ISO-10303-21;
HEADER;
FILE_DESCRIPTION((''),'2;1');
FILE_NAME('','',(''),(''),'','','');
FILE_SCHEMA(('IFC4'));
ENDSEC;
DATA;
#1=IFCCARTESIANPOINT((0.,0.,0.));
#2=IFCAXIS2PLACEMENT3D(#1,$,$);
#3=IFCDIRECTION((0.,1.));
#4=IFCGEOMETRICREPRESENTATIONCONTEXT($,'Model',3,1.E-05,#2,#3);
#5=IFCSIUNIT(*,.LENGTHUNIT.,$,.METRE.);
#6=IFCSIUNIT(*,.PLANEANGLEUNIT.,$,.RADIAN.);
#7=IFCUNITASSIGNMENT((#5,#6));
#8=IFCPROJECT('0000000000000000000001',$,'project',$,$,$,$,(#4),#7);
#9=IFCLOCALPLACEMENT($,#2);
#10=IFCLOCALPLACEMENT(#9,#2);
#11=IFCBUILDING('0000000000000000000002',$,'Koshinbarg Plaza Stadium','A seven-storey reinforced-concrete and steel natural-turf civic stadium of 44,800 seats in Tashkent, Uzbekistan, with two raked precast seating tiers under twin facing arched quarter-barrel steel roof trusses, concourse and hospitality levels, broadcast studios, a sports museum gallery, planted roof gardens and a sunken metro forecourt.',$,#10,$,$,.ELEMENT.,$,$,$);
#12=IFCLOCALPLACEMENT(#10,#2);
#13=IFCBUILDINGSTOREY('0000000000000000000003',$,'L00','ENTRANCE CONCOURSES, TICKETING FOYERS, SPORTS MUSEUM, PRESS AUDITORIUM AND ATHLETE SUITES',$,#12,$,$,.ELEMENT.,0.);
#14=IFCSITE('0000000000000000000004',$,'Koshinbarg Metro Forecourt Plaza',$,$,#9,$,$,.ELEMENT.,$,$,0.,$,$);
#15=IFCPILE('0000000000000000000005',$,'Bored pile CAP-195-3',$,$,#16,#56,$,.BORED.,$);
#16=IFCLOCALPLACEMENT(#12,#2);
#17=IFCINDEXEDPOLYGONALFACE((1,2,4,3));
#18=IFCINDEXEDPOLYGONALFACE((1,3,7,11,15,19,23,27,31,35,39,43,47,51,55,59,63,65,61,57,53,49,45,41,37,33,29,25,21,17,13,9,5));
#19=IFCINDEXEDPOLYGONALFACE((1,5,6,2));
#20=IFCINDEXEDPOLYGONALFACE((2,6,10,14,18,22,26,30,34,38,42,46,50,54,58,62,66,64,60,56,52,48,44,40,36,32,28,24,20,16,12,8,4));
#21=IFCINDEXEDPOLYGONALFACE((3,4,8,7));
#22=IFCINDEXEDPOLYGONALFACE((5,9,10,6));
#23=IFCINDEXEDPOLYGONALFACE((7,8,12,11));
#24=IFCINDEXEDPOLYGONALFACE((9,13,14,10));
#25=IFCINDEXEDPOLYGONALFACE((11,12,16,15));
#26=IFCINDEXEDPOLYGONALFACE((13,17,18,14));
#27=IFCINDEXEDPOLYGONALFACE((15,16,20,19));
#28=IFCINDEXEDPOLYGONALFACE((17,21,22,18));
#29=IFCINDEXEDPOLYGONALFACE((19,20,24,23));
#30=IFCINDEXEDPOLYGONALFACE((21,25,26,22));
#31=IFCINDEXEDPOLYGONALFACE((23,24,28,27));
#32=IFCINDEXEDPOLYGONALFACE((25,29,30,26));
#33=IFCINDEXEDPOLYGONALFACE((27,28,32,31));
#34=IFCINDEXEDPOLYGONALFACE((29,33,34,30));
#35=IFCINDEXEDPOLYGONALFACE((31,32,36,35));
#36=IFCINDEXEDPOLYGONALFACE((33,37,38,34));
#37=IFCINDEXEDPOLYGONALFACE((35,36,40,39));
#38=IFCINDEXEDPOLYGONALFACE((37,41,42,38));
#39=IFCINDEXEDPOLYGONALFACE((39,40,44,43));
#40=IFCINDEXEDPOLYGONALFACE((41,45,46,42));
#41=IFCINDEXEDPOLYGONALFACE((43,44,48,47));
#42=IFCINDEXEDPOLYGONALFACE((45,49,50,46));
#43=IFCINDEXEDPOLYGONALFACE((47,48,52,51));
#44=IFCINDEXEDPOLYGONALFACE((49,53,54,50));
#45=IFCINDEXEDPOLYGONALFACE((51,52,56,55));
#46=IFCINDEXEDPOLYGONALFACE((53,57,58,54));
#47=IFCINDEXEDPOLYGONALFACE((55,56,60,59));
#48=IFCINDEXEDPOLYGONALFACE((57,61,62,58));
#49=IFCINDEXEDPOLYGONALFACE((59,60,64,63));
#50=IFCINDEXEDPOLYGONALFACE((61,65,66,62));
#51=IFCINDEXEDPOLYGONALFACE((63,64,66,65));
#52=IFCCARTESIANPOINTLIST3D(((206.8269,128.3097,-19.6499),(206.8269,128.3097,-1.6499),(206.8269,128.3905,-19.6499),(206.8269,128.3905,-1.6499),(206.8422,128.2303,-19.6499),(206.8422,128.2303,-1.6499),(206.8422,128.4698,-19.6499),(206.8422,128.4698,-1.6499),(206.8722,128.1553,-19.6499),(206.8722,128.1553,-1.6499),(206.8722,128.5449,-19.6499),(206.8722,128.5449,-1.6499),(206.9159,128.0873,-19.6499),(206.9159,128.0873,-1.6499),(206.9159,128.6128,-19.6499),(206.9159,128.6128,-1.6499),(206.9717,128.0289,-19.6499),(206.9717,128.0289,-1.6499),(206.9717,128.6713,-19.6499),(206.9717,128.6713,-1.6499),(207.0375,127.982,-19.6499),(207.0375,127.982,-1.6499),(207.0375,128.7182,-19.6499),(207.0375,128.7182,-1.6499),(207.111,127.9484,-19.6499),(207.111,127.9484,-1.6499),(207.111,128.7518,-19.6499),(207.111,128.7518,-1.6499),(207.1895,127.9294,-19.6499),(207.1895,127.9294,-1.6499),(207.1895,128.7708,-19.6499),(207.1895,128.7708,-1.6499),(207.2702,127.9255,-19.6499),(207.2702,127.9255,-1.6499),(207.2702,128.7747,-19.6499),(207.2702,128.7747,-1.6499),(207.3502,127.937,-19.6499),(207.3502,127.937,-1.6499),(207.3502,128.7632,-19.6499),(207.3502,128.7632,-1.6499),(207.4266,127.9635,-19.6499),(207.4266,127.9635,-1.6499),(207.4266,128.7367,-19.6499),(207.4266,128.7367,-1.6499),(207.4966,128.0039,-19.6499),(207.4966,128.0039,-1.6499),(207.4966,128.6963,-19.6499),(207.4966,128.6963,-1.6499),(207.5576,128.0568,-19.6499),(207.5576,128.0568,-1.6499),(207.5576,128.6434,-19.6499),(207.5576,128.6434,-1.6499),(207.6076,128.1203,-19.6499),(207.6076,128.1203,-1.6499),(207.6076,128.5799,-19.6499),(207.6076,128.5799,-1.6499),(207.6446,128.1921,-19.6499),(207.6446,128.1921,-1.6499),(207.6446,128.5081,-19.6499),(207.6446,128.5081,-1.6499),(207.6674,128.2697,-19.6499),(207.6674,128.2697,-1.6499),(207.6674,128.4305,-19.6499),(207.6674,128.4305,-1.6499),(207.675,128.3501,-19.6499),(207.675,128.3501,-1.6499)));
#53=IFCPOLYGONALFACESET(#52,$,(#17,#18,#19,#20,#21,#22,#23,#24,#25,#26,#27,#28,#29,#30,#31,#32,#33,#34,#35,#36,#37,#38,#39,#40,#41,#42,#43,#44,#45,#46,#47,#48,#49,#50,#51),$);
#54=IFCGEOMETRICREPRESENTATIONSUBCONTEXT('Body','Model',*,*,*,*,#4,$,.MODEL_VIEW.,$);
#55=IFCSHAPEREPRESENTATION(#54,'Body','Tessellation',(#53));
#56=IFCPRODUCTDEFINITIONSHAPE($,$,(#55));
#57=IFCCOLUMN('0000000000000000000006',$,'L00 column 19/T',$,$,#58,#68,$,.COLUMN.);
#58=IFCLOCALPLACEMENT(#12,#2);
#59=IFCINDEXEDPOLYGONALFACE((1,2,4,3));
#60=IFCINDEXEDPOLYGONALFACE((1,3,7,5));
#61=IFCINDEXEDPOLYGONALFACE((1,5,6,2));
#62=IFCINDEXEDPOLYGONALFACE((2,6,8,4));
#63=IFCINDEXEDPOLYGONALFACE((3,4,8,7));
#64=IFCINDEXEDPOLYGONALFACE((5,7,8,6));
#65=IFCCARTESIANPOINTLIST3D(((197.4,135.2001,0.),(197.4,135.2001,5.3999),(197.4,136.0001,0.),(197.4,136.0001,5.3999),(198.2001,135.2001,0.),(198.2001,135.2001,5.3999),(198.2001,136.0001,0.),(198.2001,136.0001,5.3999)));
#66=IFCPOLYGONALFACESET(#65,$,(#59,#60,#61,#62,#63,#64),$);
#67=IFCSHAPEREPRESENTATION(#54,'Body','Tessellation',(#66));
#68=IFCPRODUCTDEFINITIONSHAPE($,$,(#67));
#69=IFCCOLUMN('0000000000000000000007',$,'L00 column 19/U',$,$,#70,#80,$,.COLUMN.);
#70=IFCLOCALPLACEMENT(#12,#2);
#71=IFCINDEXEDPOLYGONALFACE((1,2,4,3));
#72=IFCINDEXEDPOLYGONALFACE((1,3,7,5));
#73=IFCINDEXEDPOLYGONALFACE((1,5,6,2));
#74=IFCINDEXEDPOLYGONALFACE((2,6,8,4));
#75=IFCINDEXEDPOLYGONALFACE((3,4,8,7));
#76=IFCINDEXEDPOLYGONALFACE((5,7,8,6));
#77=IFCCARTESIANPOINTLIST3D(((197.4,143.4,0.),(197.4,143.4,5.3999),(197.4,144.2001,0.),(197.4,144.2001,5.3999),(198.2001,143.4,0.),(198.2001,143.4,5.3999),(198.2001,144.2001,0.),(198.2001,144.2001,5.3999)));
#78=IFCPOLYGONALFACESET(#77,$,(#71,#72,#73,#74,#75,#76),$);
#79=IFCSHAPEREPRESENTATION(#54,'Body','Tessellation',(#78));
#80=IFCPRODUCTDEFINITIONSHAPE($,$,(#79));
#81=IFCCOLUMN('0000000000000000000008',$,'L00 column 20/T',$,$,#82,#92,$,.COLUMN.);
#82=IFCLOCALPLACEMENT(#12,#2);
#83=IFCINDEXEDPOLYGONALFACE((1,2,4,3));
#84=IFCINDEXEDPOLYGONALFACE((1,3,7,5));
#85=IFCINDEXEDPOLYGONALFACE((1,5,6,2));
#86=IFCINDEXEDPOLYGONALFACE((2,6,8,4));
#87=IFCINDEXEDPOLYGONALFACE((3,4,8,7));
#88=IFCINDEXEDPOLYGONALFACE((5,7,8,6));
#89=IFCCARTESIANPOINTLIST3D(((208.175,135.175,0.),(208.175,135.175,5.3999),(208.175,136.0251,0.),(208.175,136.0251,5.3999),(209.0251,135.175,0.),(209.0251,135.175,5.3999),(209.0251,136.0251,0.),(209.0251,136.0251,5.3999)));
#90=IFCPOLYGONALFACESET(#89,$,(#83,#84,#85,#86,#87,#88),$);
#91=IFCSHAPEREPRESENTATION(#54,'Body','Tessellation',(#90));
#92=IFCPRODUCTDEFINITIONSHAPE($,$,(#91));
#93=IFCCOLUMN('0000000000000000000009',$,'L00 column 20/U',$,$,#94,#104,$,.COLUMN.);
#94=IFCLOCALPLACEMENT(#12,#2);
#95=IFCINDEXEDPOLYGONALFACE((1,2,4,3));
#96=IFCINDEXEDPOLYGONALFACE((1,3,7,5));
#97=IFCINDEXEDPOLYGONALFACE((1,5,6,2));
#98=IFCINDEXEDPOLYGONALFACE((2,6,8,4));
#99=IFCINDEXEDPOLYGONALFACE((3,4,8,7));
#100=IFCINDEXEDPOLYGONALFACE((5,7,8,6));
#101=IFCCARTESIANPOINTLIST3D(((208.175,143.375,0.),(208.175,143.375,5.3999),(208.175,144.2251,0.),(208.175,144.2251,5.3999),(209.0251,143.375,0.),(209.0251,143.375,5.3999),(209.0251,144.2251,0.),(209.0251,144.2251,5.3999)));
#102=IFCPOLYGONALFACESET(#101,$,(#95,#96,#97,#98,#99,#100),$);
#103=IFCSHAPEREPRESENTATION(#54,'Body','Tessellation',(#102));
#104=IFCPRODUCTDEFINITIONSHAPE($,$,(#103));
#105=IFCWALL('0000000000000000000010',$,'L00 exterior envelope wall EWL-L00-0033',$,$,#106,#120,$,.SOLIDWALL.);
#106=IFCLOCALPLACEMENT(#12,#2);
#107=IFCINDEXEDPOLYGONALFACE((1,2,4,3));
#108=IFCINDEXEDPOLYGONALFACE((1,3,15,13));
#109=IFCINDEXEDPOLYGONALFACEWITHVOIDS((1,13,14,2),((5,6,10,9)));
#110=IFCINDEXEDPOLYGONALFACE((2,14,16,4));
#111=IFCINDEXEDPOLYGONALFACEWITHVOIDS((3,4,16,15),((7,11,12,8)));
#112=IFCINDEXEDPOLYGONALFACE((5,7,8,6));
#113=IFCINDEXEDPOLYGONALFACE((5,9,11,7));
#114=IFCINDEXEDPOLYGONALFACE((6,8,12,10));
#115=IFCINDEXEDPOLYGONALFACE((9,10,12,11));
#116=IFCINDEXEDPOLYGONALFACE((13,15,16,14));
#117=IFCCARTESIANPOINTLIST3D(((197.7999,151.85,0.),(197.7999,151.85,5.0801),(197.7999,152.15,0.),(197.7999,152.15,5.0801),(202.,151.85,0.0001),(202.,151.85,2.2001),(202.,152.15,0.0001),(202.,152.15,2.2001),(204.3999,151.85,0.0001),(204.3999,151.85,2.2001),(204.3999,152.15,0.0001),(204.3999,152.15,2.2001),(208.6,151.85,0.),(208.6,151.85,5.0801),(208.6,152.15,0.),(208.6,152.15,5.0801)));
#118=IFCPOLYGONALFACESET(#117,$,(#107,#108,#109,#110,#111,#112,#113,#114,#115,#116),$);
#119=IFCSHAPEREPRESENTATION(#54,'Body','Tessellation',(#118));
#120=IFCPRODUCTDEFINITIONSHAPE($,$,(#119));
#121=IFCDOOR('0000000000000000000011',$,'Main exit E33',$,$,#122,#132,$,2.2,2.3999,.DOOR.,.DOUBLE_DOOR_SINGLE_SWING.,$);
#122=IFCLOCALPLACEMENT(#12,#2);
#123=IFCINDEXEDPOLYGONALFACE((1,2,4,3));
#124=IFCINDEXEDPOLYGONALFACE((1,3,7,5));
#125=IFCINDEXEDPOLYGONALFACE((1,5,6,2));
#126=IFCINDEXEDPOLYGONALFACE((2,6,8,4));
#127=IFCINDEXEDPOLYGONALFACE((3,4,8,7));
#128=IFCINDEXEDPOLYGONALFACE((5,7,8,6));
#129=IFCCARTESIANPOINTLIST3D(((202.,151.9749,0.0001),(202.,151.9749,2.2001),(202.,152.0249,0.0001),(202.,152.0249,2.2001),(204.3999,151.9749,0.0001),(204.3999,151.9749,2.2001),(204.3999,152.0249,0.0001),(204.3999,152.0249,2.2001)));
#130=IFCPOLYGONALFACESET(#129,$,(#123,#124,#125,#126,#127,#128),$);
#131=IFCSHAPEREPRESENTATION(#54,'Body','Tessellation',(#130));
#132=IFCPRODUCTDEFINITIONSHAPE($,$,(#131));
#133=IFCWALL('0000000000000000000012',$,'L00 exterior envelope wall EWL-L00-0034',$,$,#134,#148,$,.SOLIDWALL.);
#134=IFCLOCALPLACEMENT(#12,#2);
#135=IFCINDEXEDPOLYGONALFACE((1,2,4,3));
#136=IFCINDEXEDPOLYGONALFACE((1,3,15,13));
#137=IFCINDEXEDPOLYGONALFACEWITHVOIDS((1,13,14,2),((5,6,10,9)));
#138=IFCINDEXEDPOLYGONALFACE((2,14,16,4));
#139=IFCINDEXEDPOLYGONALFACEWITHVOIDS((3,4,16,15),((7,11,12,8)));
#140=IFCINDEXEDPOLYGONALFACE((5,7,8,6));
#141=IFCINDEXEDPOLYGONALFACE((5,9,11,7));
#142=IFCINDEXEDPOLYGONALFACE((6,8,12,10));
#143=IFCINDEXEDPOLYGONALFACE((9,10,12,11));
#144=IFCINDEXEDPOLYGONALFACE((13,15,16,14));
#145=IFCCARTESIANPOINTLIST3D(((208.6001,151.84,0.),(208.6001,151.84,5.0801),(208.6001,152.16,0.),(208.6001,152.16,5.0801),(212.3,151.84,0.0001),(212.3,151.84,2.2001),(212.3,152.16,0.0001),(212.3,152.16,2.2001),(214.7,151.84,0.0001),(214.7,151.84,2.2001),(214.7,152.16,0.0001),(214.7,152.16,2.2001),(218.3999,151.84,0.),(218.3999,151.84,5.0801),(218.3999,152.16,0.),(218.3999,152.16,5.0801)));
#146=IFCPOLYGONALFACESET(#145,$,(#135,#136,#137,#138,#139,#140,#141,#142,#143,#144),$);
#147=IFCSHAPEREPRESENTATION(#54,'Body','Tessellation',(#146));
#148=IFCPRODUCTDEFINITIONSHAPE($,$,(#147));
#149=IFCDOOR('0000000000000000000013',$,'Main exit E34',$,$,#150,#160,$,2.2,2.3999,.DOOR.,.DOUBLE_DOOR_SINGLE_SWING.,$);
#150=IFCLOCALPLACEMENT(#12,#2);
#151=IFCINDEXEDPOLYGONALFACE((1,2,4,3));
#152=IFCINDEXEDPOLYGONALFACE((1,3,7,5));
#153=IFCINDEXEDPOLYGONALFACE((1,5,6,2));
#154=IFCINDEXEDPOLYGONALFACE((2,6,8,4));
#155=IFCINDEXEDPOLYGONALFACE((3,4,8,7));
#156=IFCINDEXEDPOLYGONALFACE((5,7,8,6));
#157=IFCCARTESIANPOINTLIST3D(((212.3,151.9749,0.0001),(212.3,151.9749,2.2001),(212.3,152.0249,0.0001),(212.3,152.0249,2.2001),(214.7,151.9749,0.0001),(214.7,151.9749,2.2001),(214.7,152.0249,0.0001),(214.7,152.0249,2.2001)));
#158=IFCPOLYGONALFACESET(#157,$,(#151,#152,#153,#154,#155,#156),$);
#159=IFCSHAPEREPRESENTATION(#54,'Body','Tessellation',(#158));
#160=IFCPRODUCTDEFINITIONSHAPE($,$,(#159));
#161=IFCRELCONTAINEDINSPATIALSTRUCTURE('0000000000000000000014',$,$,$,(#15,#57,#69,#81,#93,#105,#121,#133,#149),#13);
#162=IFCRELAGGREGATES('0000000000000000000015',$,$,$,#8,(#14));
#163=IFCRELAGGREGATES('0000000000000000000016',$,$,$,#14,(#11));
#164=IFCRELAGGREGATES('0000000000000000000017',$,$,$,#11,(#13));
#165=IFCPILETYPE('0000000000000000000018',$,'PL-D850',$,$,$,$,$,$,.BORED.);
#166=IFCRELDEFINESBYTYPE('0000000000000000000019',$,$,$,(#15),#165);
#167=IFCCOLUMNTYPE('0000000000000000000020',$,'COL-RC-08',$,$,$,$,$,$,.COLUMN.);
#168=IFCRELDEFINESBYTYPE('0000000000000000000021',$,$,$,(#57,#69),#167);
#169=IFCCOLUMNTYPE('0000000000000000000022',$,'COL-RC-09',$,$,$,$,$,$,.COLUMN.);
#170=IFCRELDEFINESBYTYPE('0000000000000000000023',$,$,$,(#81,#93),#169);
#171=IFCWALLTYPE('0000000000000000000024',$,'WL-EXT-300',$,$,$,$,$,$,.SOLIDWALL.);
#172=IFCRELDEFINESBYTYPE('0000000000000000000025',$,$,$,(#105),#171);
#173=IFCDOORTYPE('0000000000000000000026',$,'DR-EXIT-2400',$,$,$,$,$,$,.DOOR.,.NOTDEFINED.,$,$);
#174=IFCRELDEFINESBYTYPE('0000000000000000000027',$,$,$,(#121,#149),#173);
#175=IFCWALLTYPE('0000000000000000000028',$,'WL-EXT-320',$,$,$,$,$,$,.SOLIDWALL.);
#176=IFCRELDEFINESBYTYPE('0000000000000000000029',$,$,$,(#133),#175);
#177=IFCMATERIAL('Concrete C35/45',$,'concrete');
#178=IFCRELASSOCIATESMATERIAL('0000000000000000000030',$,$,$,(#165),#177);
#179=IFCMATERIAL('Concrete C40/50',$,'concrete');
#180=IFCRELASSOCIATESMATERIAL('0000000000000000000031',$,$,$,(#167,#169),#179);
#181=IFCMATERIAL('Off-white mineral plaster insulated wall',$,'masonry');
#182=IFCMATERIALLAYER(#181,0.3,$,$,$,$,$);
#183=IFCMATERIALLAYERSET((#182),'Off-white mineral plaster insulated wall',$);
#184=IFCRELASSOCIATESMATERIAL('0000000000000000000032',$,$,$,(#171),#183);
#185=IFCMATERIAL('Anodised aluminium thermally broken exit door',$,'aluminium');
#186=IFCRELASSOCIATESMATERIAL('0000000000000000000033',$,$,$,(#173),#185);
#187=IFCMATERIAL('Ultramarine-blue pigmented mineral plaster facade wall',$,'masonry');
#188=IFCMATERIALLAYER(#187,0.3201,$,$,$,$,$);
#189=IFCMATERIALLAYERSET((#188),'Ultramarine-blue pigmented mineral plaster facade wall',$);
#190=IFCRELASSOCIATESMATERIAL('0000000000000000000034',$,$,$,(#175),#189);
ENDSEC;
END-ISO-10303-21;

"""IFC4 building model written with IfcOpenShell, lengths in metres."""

from ifc_helpers import new_model, si_unit, direction, frame, frame_2d, origin, origin_2d, place, context, subcontext, project, spatial, rectangle, circle, extrude, material, layer, layer_set, material_profile, profile_set, type_object, element, fill, save


model = new_model("IFC4")

# Units and contexts
model_context = context("Model", 3, precision=1e-05, world=origin(), true_north=direction((0.0, 1.0)))
body_context = subcontext(model_context, "Body", "Model", "MODEL_VIEW")
ifc_project = project(units=[si_unit("LENGTHUNIT", "METRE"), si_unit("PLANEANGLEUNIT", "RADIAN")], contexts=[model_context])

# Site, building, storey
site_placement = place(None, origin())
site = spatial("IfcSite", under=ifc_project, at=site_placement, Name="Koshinbarg Metro Forecourt Plaza", CompositionType="ELEMENT", RefElevation=0.0)
building_placement = place(site_placement, origin())
building = spatial("IfcBuilding", under=site, at=building_placement, Name="Koshinbarg Plaza Stadium", Description="A seven-storey reinforced-concrete and steel natural-turf civic stadium of 44,800 seats in Tashkent, Uzbekistan, with two raked precast seating tiers under twin facing arched quarter-barrel steel roof trusses, concourse and hospitality levels, broadcast studios, a sports museum gallery, planted roof gardens and a sunken metro forecourt.", CompositionType="ELEMENT")
storey_placement = place(building_placement, origin())
storey = spatial("IfcBuildingStorey", under=building, at=storey_placement, Name="L00", Description="ENTRANCE CONCOURSES, TICKETING FOYERS, SPORTS MUSEUM, PRESS AUDITORIUM AND ATHLETE SUITES", CompositionType="ELEMENT", Elevation=0.0)

# Shared definitions
ifc_material_1 = material(Name="Concrete C35/45", Category="concrete")

# Pile
ifc_material_profile_1 = material_profile(ifc_material_1, circle(Radius=0.425, at=origin_2d()), Name="PILE D850")
ifc_profile_set_1 = profile_set([ifc_material_profile_1], Name="Concrete C35/45")
pile_type_1 = type_object("IfcPileType", Name="PL-D850", PredefinedType="BORED", material=ifc_profile_set_1)
for number, where, z_axis, x_axis, name in (
    (1, (207.25, 128.3501, -1.6499), (0.0, 0.0, -1.0), (1.0, 0.0, 0.0), "Bored pile CAP-195-3"),
):
    element("IfcPile", number, at=place(storey_placement, frame(where, z_axis=z_axis, x_axis=x_axis)), inside=storey, type_object=pile_type_1, Name=name, PredefinedType="BORED", context=body_context, shape_type="SweptSolid", body=[
        extrude(circle(Radius=0.425, at=origin_2d()), origin(), (0.0, 0.0, 1.0), 18.0),
    ])

# Columns
ifc_material_2 = material(Name="Concrete C40/50", Category="concrete")
ifc_material_profile_2 = material_profile(ifc_material_2, rectangle(XDim=0.8, YDim=0.8, at=origin_2d()), Name="RC 800x800")
ifc_profile_set_2 = profile_set([ifc_material_profile_2], Name="Concrete C40/50")
column_type_1 = type_object("IfcColumnType", Name="COL-RC-08", PredefinedType="COLUMN", material=ifc_profile_set_2)
for number, where, z_axis, x_axis, name in (
    (2, (197.8, 135.6001, 0.0), (0.0, 0.0, 1.0), (1.0, 0.0, 0.0), "L00 column 19/T"),
    (3, (197.8, 143.8, 0.0), (0.0, 0.0, 1.0), (1.0, 0.0, 0.0), "L00 column 19/U"),
):
    element("IfcColumn", number, at=place(storey_placement, frame(where, z_axis=z_axis, x_axis=x_axis)), inside=storey, type_object=column_type_1, Name=name, PredefinedType="COLUMN", context=body_context, shape_type="SweptSolid", body=[
        extrude(rectangle(XDim=0.8, YDim=0.8, at=origin_2d()), origin(), (0.0, 0.0, 1.0), 5.3999),
    ])
ifc_material_profile_3 = material_profile(ifc_material_2, rectangle(XDim=0.8501, YDim=0.8501, at=origin_2d()), Name="RC 850x850")
ifc_profile_set_3 = profile_set([ifc_material_profile_3], Name="Concrete C40/50")
column_type_2 = type_object("IfcColumnType", Name="COL-RC-09", PredefinedType="COLUMN", material=ifc_profile_set_3)
for number, where, z_axis, x_axis, name in (
    (4, (208.6001, 135.6001, 0.0), (0.0, 0.0, 1.0), (1.0, 0.0, 0.0), "L00 column 20/T"),
    (5, (208.6001, 143.8, 0.0), (0.0, 0.0, 1.0), (1.0, 0.0, 0.0), "L00 column 20/U"),
):
    element("IfcColumn", number, at=place(storey_placement, frame(where, z_axis=z_axis, x_axis=x_axis)), inside=storey, type_object=column_type_2, Name=name, PredefinedType="COLUMN", context=body_context, shape_type="SweptSolid", body=[
        extrude(rectangle(XDim=0.8501, YDim=0.8501, at=origin_2d()), origin(), (0.0, 0.0, 1.0), 5.3999),
    ])

# Walls, openings, doors
ifc_material_3 = material(Name="Off-white mineral plaster insulated wall", Category="masonry")
ifc_layer_1 = layer(ifc_material_3, 0.3)
ifc_layer_set_1 = layer_set([ifc_layer_1], Name="Off-white mineral plaster insulated wall")
wall_type_1 = type_object("IfcWallType", Name="WL-EXT-300", PredefinedType="SOLIDWALL", material=ifc_layer_set_1)
wall_1_placement = place(storey_placement, frame((197.8, 152.0, 0.0), z_axis=(0.0, 0.0, 1.0), x_axis=(1.0, 0.0, 0.0)))
wall_1 = element("IfcWall", 6, at=wall_1_placement, inside=storey, type_object=wall_type_1, Name="L00 exterior envelope wall EWL-L00-0033", PredefinedType="SOLIDWALL", context=body_context, shape_type="SweptSolid", body=[
    extrude(rectangle(XDim=10.8, YDim=0.3, at=frame_2d((5.3999, 0.0))), origin(), (0.0, 0.0, 1.0), 5.0801),
])
opening_1_placement = place(wall_1_placement, frame((4.2, 0.0, 0.0)))
opening_1 = element("IfcOpeningElement", 7, at=opening_1_placement, cuts=wall_1, PredefinedType="OPENING", context=body_context, shape_type="SweptSolid", body=[
    extrude(rectangle(XDim=2.3999, YDim=2.2, at=frame_2d((1.2, 1.1001))), frame((0.0, 0.1599, 0.0), z_axis=(0.0, -1.0, 0.0), x_axis=(1.0, 0.0, 0.0)), (0.0, 0.0, 1.0), 0.3201),
])
ifc_material_4 = material(Name="Anodised aluminium thermally broken exit door", Category="aluminium")
door_type_1 = type_object("IfcDoorType", Name="DR-EXIT-2400", OperationType="NOTDEFINED", PredefinedType="DOOR", material=ifc_material_4)
door_1_placement = place(opening_1_placement, origin())
door_1 = element("IfcDoor", 8, at=door_1_placement, inside=storey, type_object=door_type_1, Name="Main exit E33", OperationType="DOUBLE_DOOR_SINGLE_SWING", OverallHeight=2.2, OverallWidth=2.3999, PredefinedType="DOOR", context=body_context, shape_type="SweptSolid", body=[
    extrude(rectangle(XDim=2.3999, YDim=2.2, at=frame_2d((1.2, 1.1001))), frame((0.0, 0.0249, 0.0), z_axis=(0.0, -1.0, 0.0), x_axis=(1.0, 0.0, 0.0)), (0.0, 0.0, 1.0), 0.05),
])
fill(opening_1, door_1)
ifc_material_5 = material(Name="Ultramarine-blue pigmented mineral plaster facade wall", Category="masonry")
ifc_layer_2 = layer(ifc_material_5, 0.3201)
ifc_layer_set_2 = layer_set([ifc_layer_2], Name="Ultramarine-blue pigmented mineral plaster facade wall")
wall_type_2 = type_object("IfcWallType", Name="WL-EXT-320", PredefinedType="SOLIDWALL", material=ifc_layer_set_2)
wall_2_placement = place(storey_placement, frame((208.6001, 152.0, 0.0), z_axis=(0.0, 0.0, 1.0), x_axis=(1.0, 0.0, 0.0)))
wall_2 = element("IfcWall", 9, at=wall_2_placement, inside=storey, type_object=wall_type_2, Name="L00 exterior envelope wall EWL-L00-0034", PredefinedType="SOLIDWALL", context=body_context, shape_type="SweptSolid", body=[
    extrude(rectangle(XDim=9.7998, YDim=0.3201, at=frame_2d((4.8999, 0.0))), origin(), (0.0, 0.0, 1.0), 5.0801),
])
opening_2_placement = place(wall_2_placement, frame((3.7, 0.0, 0.0)))
opening_2 = element("IfcOpeningElement", 10, at=opening_2_placement, cuts=wall_2, PredefinedType="OPENING", context=body_context, shape_type="SweptSolid", body=[
    extrude(rectangle(XDim=2.3999, YDim=2.2, at=frame_2d((1.2, 1.1001))), frame((0.0, 0.1699, 0.0), z_axis=(0.0, -1.0, 0.0), x_axis=(1.0, 0.0, 0.0)), (0.0, 0.0, 1.0), 0.3401),
])
door_2_placement = place(opening_2_placement, origin())
door_2 = element("IfcDoor", 11, at=door_2_placement, inside=storey, type_object=door_type_1, Name="Main exit E34", OperationType="DOUBLE_DOOR_SINGLE_SWING", OverallHeight=2.2, OverallWidth=2.3999, PredefinedType="DOOR", context=body_context, shape_type="SweptSolid", body=[
    extrude(rectangle(XDim=2.3999, YDim=2.2, at=frame_2d((1.2, 1.1001))), frame((0.0, 0.0249, 0.0), z_axis=(0.0, -1.0, 0.0), x_axis=(1.0, 0.0, 0.0)), (0.0, 0.0, 1.0), 0.05),
])
fill(opening_2, door_2)

save(model, "model.ifc")
